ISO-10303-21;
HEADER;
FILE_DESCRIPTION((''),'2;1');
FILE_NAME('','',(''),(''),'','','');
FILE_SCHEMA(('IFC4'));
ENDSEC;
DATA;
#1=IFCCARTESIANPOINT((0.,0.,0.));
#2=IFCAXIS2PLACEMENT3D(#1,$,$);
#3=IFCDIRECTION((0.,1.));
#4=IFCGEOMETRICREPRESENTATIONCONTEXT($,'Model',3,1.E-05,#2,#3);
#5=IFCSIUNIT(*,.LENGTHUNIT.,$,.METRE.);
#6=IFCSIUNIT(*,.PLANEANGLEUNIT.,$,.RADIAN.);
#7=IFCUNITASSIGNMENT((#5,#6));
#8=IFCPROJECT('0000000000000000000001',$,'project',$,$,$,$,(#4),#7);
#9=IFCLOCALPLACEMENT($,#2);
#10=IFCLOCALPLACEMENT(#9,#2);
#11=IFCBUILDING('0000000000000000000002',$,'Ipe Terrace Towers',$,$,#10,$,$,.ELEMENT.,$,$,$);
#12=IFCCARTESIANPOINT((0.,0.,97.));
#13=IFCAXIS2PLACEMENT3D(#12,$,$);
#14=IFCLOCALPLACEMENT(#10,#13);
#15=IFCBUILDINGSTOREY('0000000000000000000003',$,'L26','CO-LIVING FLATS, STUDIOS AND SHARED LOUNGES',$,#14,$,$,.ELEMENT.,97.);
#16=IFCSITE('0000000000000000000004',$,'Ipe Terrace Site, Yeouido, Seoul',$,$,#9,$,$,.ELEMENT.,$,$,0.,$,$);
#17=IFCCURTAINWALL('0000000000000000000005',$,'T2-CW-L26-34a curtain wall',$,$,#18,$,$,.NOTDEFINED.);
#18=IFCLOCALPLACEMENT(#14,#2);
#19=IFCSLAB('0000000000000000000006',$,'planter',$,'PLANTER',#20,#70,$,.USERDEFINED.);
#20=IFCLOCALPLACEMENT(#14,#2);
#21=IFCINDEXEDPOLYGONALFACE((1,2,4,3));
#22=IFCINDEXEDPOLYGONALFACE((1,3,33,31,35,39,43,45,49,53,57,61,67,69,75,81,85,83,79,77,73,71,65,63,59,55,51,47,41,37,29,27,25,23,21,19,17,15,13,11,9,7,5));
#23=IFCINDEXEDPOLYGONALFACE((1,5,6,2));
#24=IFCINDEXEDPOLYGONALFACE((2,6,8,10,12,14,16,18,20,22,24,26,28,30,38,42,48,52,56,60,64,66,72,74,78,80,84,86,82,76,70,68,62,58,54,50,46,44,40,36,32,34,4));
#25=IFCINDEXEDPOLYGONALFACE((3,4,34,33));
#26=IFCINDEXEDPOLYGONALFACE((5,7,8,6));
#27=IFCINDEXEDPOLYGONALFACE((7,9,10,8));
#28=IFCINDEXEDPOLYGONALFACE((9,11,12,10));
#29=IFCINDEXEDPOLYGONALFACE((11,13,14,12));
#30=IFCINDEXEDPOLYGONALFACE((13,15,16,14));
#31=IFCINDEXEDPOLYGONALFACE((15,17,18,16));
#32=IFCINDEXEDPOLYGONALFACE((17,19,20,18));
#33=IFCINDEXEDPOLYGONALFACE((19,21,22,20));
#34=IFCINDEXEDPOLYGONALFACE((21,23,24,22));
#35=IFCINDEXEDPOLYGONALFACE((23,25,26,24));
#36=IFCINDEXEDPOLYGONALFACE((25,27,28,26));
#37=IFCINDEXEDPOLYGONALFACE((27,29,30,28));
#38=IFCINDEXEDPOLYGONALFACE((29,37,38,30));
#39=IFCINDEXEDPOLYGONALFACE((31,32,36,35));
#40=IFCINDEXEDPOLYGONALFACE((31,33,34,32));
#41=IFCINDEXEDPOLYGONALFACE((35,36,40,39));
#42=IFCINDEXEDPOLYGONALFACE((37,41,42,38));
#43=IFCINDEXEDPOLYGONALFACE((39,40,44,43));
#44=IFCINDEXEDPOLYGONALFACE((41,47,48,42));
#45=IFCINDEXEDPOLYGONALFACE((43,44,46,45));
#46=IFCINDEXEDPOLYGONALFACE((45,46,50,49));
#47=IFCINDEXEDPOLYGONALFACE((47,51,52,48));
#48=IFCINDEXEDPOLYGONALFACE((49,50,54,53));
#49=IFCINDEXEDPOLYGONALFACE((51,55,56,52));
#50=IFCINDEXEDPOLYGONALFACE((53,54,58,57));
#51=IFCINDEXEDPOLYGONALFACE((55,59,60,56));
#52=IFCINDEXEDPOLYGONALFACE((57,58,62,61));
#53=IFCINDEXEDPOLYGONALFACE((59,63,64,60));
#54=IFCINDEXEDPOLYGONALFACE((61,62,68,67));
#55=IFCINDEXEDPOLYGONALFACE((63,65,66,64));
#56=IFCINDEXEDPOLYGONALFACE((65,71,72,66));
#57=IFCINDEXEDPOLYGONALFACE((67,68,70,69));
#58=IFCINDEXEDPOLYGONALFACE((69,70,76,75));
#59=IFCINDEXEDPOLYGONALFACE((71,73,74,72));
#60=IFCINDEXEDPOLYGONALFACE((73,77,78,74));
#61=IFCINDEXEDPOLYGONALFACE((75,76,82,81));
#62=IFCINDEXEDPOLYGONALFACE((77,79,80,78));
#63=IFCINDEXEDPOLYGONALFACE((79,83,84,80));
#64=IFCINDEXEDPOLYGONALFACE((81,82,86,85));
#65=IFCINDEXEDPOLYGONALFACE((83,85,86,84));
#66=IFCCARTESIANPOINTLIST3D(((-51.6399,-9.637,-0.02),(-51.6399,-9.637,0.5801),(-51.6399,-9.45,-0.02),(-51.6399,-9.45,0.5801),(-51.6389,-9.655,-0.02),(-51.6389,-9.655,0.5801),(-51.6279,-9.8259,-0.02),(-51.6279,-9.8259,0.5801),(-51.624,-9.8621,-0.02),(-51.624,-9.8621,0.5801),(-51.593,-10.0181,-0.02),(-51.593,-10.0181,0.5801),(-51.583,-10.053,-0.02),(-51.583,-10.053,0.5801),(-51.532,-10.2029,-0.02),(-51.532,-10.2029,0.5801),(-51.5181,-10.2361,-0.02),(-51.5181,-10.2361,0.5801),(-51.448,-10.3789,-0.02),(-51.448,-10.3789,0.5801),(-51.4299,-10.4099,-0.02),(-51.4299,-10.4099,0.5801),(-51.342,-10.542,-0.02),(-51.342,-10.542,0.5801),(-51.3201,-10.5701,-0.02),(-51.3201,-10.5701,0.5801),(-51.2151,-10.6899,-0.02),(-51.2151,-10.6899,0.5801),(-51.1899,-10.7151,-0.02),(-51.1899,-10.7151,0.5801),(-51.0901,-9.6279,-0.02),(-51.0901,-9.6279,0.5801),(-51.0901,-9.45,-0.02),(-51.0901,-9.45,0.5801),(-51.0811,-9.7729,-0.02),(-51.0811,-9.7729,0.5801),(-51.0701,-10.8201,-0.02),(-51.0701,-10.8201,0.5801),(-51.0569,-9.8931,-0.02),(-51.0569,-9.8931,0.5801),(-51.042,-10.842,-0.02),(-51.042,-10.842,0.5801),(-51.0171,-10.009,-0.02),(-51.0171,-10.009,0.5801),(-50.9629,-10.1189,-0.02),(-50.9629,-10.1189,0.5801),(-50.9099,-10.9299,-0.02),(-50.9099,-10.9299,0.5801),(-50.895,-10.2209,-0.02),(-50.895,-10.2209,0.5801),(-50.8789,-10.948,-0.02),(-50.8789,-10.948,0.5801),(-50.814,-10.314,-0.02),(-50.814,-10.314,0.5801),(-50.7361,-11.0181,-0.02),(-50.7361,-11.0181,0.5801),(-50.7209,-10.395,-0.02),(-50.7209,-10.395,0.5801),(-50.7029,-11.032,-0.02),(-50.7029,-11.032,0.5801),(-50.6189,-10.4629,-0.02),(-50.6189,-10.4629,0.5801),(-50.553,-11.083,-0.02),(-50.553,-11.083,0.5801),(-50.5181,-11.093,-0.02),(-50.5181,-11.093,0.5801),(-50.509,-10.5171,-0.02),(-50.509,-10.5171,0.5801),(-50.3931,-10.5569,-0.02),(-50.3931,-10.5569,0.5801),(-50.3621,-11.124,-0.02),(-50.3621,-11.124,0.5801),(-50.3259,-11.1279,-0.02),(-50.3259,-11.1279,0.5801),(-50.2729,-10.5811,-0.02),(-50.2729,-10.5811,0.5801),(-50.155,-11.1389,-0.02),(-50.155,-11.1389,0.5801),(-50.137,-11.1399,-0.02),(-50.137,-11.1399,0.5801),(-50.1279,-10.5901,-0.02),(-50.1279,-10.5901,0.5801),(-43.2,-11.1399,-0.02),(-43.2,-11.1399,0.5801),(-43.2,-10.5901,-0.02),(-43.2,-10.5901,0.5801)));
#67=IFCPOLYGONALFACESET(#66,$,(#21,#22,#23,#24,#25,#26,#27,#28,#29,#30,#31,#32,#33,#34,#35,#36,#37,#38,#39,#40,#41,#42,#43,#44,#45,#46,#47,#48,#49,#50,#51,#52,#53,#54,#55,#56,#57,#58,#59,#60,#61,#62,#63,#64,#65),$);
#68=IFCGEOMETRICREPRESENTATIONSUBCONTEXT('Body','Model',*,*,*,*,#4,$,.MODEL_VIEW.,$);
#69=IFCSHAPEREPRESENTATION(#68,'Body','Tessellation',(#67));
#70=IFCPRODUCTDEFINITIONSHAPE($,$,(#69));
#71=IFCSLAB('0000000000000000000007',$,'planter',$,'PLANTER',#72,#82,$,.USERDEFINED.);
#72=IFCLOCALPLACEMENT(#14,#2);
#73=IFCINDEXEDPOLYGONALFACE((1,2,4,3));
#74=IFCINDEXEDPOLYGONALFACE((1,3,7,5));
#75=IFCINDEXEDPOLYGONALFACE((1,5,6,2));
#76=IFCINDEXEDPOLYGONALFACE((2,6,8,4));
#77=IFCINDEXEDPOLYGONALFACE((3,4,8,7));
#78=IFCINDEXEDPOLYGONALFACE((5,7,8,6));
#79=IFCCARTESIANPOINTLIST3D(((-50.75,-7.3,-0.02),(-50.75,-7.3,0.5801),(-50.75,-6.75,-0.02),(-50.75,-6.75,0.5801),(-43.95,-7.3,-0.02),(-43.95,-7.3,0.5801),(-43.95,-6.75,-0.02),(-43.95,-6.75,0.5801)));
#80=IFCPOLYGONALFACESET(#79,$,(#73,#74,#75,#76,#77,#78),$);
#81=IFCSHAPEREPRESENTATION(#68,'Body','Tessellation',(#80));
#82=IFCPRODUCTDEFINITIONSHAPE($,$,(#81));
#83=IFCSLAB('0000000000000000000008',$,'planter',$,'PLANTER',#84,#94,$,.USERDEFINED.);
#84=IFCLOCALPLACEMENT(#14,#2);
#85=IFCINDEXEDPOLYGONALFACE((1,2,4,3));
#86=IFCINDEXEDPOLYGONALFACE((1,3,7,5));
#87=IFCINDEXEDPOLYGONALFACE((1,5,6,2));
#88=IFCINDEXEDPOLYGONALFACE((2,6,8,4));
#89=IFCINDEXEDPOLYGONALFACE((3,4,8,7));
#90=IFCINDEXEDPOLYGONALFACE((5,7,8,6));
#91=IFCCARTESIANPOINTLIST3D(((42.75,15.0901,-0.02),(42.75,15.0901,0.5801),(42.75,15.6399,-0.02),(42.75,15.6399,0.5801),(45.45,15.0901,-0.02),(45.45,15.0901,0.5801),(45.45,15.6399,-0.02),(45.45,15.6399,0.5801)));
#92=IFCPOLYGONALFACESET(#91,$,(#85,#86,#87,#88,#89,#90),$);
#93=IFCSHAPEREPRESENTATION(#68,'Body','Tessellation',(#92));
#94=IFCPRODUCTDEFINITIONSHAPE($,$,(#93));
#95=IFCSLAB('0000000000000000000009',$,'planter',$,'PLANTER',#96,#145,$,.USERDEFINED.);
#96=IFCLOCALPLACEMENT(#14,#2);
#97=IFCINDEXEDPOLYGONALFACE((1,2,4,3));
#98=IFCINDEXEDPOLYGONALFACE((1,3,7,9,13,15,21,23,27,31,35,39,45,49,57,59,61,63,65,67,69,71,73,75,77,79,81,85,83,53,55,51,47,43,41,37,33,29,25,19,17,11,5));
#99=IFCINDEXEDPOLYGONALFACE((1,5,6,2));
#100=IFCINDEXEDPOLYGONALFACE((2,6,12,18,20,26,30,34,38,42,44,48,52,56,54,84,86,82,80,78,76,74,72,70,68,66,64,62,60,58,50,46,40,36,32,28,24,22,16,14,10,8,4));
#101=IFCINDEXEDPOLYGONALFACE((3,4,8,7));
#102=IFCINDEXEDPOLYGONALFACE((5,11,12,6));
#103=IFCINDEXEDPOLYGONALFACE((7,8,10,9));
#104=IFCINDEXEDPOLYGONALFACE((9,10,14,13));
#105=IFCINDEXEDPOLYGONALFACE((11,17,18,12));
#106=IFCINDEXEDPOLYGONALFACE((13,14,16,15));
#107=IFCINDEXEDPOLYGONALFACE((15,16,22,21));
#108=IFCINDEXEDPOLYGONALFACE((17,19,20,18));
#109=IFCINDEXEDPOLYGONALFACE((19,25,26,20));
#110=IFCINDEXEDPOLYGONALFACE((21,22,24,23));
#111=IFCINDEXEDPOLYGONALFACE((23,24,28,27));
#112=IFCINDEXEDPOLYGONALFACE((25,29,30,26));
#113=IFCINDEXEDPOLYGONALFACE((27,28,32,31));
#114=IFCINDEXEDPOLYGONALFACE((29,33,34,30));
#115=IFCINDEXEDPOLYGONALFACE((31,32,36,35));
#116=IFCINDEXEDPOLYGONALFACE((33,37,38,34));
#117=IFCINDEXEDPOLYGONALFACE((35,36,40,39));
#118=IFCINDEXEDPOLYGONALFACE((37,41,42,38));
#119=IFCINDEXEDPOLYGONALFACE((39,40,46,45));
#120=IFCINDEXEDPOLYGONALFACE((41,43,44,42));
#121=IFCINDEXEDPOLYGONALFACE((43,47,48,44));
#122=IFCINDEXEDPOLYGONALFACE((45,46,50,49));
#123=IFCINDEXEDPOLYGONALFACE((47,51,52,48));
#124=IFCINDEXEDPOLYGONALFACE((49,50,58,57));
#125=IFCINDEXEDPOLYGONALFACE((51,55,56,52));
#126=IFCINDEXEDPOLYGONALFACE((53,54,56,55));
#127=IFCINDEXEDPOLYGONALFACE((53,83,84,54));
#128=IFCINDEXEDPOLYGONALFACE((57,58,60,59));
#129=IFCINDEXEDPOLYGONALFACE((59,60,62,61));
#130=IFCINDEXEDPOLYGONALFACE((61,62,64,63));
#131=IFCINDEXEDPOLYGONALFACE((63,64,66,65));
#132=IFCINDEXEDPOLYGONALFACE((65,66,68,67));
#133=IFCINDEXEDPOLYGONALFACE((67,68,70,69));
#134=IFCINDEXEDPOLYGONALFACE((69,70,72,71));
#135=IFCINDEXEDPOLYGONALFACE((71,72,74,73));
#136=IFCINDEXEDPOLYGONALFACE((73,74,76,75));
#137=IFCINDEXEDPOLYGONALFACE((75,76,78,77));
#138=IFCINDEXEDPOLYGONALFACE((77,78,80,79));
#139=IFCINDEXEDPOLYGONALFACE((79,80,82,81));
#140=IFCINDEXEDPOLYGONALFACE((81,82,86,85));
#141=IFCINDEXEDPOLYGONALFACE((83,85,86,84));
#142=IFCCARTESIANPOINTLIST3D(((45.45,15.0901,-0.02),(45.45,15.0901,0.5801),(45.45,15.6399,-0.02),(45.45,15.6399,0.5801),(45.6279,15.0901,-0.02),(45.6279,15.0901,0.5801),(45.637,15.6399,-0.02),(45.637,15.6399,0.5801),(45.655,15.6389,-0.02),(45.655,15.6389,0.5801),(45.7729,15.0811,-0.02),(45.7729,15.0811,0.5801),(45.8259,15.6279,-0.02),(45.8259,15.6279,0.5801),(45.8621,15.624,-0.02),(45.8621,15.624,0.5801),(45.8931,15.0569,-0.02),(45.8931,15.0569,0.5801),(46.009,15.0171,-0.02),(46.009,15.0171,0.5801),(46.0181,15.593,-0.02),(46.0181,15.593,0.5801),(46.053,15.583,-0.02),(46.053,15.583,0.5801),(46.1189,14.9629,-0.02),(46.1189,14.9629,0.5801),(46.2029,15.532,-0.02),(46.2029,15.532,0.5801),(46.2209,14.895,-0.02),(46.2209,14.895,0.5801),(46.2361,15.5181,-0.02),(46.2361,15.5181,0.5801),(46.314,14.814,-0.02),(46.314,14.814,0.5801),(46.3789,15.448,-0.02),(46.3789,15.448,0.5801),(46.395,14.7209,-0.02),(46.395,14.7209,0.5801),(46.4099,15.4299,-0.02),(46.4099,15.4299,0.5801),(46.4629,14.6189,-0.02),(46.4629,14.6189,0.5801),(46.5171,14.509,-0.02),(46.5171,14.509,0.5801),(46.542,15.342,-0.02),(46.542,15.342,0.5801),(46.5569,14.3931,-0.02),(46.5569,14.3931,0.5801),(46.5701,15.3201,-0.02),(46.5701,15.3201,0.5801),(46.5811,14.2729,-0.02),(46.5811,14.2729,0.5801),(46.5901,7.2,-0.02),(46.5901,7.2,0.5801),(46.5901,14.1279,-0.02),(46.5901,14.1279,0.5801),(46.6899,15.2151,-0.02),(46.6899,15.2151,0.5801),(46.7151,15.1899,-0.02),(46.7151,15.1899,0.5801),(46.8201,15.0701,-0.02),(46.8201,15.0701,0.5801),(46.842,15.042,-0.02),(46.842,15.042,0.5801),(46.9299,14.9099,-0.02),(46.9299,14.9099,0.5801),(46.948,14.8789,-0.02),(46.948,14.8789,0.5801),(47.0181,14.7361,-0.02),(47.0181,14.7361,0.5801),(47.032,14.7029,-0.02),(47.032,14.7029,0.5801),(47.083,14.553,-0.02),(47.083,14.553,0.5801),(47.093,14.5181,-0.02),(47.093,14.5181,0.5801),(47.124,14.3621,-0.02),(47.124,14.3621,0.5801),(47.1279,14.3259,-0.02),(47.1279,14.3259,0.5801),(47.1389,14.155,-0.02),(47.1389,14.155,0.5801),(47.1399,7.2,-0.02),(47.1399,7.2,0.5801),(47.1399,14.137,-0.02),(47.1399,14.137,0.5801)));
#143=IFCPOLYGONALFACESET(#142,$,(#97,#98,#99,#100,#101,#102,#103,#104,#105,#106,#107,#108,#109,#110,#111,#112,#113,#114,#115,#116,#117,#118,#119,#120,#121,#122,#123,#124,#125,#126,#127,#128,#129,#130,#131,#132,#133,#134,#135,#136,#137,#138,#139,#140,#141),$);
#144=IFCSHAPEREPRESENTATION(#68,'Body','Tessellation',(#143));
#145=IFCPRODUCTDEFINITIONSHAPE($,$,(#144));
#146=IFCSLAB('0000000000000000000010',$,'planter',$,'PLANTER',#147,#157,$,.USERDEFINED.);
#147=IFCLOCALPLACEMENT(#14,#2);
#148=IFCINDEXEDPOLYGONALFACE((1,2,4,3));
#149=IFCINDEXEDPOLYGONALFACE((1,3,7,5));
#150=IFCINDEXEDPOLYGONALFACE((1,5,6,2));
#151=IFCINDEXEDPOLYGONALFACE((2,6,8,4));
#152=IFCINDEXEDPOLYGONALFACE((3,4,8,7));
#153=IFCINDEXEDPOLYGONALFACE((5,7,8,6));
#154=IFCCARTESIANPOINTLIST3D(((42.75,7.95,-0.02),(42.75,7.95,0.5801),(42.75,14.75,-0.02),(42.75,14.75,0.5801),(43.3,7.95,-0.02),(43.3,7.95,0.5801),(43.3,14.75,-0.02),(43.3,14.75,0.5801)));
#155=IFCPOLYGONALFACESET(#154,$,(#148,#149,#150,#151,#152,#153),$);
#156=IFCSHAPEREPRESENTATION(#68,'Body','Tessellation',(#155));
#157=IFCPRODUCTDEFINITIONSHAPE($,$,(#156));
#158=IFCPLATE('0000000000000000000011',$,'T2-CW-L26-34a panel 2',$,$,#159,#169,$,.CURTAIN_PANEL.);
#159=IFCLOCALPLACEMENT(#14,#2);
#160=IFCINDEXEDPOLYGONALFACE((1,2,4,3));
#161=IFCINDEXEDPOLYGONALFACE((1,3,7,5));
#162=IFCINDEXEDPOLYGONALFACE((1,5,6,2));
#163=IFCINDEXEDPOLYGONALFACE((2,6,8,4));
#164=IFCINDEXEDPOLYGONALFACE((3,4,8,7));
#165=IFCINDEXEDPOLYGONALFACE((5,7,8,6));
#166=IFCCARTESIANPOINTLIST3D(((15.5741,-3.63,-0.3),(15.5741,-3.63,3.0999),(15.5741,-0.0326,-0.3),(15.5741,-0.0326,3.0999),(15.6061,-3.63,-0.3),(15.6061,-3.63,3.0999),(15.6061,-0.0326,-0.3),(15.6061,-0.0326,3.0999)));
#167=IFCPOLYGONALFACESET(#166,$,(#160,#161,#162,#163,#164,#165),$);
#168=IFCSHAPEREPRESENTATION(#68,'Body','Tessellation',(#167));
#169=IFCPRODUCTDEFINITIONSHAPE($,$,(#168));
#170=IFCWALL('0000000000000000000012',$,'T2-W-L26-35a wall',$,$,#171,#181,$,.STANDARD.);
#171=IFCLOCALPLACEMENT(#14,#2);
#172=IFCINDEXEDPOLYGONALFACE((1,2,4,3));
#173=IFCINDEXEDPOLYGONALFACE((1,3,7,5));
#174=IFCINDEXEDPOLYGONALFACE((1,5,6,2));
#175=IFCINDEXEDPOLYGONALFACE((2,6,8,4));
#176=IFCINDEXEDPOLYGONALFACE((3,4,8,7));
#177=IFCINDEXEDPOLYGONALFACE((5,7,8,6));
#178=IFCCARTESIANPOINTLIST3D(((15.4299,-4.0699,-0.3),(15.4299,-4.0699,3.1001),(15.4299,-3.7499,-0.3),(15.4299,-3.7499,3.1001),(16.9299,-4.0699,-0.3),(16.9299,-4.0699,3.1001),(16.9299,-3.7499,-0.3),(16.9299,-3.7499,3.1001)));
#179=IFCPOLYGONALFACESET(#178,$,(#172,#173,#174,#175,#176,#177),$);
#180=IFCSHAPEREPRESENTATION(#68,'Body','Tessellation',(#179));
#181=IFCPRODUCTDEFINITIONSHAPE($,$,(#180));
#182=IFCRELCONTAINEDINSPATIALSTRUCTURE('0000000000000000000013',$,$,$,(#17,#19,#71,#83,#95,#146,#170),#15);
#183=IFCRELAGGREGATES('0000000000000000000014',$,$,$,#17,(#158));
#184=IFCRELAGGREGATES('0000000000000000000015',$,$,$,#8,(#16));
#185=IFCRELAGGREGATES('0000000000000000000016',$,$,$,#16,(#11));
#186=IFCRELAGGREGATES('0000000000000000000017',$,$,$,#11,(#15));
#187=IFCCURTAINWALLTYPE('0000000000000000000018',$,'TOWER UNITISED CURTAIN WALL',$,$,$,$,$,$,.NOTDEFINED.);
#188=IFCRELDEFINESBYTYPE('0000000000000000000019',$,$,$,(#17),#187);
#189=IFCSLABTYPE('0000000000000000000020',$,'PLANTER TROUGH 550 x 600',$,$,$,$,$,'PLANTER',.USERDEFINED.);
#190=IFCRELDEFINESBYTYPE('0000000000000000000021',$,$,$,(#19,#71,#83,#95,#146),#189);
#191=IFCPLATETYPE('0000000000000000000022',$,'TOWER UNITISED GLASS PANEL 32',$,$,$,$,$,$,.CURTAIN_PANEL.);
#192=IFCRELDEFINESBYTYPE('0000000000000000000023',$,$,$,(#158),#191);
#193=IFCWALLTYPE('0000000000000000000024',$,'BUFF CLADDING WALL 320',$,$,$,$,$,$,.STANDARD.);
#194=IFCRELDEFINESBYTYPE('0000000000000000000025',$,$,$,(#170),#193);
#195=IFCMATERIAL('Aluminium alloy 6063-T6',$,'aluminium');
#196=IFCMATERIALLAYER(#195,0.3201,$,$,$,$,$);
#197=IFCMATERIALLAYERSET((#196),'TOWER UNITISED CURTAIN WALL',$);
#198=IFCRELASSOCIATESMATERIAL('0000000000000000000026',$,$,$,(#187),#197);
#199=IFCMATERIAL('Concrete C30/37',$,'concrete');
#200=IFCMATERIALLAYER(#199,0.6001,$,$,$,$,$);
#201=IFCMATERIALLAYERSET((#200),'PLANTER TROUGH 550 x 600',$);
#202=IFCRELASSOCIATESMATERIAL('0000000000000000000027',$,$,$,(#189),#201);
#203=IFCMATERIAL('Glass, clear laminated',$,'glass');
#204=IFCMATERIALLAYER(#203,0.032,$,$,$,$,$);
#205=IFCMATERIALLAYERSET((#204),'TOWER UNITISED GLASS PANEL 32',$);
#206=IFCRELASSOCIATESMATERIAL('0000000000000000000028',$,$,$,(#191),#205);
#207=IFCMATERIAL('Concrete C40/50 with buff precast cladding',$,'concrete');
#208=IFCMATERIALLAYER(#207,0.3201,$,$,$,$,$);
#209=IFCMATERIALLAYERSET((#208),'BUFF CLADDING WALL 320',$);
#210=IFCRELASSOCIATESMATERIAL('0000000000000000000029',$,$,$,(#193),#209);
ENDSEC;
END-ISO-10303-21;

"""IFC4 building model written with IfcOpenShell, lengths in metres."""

from ifc_helpers import new_model, si_unit, direction, frame, frame_2d, origin, origin_2d, place, context, subcontext, project, spatial, polyline, rectangle, outline, extrude, material, layer, layer_set, type_object, element, aggregate, save


model = new_model("IFC4")

# Units and contexts
model_context = context("Model", 3, precision=1e-05, world=origin(), true_north=direction((0.0, 1.0)))
body_context = subcontext(model_context, "Body", "Model", "MODEL_VIEW")
ifc_project = project(units=[si_unit("LENGTHUNIT", "METRE"), si_unit("PLANEANGLEUNIT", "RADIAN")], contexts=[model_context])

# Site, building, storey
site_placement = place(None, origin())
site = spatial("IfcSite", under=ifc_project, at=site_placement, Name="Ipe Terrace Site, Yeouido, Seoul", CompositionType="ELEMENT", RefElevation=0.0)
building_placement = place(site_placement, origin())
building = spatial("IfcBuilding", under=site, at=building_placement, Name="Ipe Terrace Towers", CompositionType="ELEMENT")
storey_placement = place(building_placement, frame((0.0, 0.0, 97.0)))
storey = spatial("IfcBuildingStorey", under=building, at=storey_placement, Name="L26", Description="CO-LIVING FLATS, STUDIOS AND SHARED LOUNGES", CompositionType="ELEMENT", Elevation=97.0)

# Curtain wall
ifc_material_1 = material(Name="Aluminium alloy 6063-T6", Category="aluminium")
ifc_layer_1 = layer(ifc_material_1, 0.3201)
ifc_layer_set_1 = layer_set([ifc_layer_1], Name="TOWER UNITISED CURTAIN WALL")
curtain_wall_type = type_object("IfcCurtainWallType", Name="TOWER UNITISED CURTAIN WALL", PredefinedType="NOTDEFINED", material=ifc_layer_set_1)
curtain_wall_placement = place(storey_placement, origin())
curtain_wall = element("IfcCurtainWall", 1, at=curtain_wall_placement, inside=storey, type_object=curtain_wall_type, Name="T2-CW-L26-34a curtain wall", PredefinedType="NOTDEFINED")

# Slabs
ifc_material_2 = material(Name="Concrete C30/37", Category="concrete")
ifc_layer_2 = layer(ifc_material_2, 0.6001)
ifc_layer_set_2 = layer_set([ifc_layer_2], Name="PLANTER TROUGH 550 x 600")
slab_type_1 = type_object("IfcSlabType", Name="PLANTER TROUGH 550 x 600", ElementType="PLANTER", PredefinedType="USERDEFINED", material=ifc_layer_set_2)
slab_1_placement = place(storey_placement, frame((0.0, 0.0, -0.02)))
element("IfcSlab", 2, at=slab_1_placement, inside=storey, type_object=slab_type_1, Name="planter", ObjectType="PLANTER", PredefinedType="USERDEFINED", context=body_context, shape_type="SweptSolid", body=[
    extrude(outline(polyline([(-51.0569, -9.8931), (-51.0811, -9.7729), (-51.0901, -9.6279), (-51.0901, -9.45), (-51.6399, -9.45), (-51.6399, -9.637), (-51.6389, -9.655), (-51.6279, -9.8259), (-51.624, -9.8621), (-51.593, -10.0181), (-51.583, -10.053), (-51.532, -10.2029), (-51.5181, -10.2361), (-51.448, -10.3789), (-51.4299, -10.4099), (-51.342, -10.542), (-51.3201, -10.5701), (-51.2151, -10.6899), (-51.1899, -10.7151), (-51.0701, -10.8201), (-51.042, -10.842), (-50.9099, -10.9299), (-50.8789, -10.948), (-50.7361, -11.0181), (-50.7029, -11.032), (-50.553, -11.083), (-50.5181, -11.093), (-50.3621, -11.124), (-50.3259, -11.1279), (-50.155, -11.1389), (-50.137, -11.1399), (-43.2, -11.1399), (-43.2, -10.5901), (-50.1279, -10.5901), (-50.2729, -10.5811), (-50.3931, -10.5569), (-50.509, -10.5171), (-50.6189, -10.4629), (-50.7209, -10.395), (-50.814, -10.314), (-50.895, -10.2209), (-50.9629, -10.1189), (-51.0171, -10.009), (-51.0569, -9.8931)])), origin(), (0.0, 0.0, 1.0), 0.6001),
])
slab_2_placement = place(storey_placement, frame((0.0, 0.0, -0.02)))
element("IfcSlab", 3, at=slab_2_placement, inside=storey, type_object=slab_type_1, Name="planter", ObjectType="PLANTER", PredefinedType="USERDEFINED", context=body_context, shape_type="SweptSolid", body=[
    extrude(outline(polyline([(-43.95, -6.75), (-50.75, -6.75), (-50.75, -7.3), (-43.95, -7.3), (-43.95, -6.75)])), origin(), (0.0, 0.0, 1.0), 0.6001),
])
slab_3_placement = place(storey_placement, frame((0.0, 0.0, -0.02)))
element("IfcSlab", 4, at=slab_3_placement, inside=storey, type_object=slab_type_1, Name="planter", ObjectType="PLANTER", PredefinedType="USERDEFINED", context=body_context, shape_type="SweptSolid", body=[
    extrude(outline(polyline([(42.75, 15.6399), (42.75, 15.0901), (45.45, 15.0901), (45.45, 15.6399), (42.75, 15.6399)])), origin(), (0.0, 0.0, 1.0), 0.6001),
])
slab_4_placement = place(storey_placement, frame((0.0, 0.0, -0.02)))
element("IfcSlab", 5, at=slab_4_placement, inside=storey, type_object=slab_type_1, Name="planter", ObjectType="PLANTER", PredefinedType="USERDEFINED", context=body_context, shape_type="SweptSolid", body=[
    extrude(outline(polyline([(45.8931, 15.0569), (46.009, 15.0171), (46.1189, 14.9629), (46.2209, 14.895), (46.314, 14.814), (46.395, 14.7209), (46.4629, 14.6189), (46.5171, 14.509), (46.5569, 14.3931), (46.5811, 14.2729), (46.5901, 14.1279), (46.5901, 7.2), (47.1399, 7.2), (47.1399, 14.137), (47.1389, 14.155), (47.1279, 14.3259), (47.124, 14.3621), (47.093, 14.5181), (47.083, 14.553), (47.032, 14.7029), (47.0181, 14.7361), (46.948, 14.8789), (46.9299, 14.9099), (46.842, 15.042), (46.8201, 15.0701), (46.7151, 15.1899), (46.6899, 15.2151), (46.5701, 15.3201), (46.542, 15.342), (46.4099, 15.4299), (46.3789, 15.448), (46.2361, 15.5181), (46.2029, 15.532), (46.053, 15.583), (46.0181, 15.593), (45.8621, 15.624), (45.8259, 15.6279), (45.655, 15.6389), (45.637, 15.6399), (45.45, 15.6399), (45.45, 15.0901), (45.6279, 15.0901), (45.7729, 15.0811), (45.8931, 15.0569)])), origin(), (0.0, 0.0, 1.0), 0.6001),
])
slab_5_placement = place(storey_placement, frame((0.0, 0.0, -0.02)))
element("IfcSlab", 6, at=slab_5_placement, inside=storey, type_object=slab_type_1, Name="planter", ObjectType="PLANTER", PredefinedType="USERDEFINED", context=body_context, shape_type="SweptSolid", body=[
    extrude(outline(polyline([(42.75, 7.95), (43.3, 7.95), (43.3, 14.75), (42.75, 14.75), (42.75, 7.95)])), origin(), (0.0, 0.0, 1.0), 0.6001),
])

# Plate
ifc_material_3 = material(Name="Glass, clear laminated", Category="glass")
ifc_layer_3 = layer(ifc_material_3, 0.032)
ifc_layer_set_3 = layer_set([ifc_layer_3], Name="TOWER UNITISED GLASS PANEL 32")
plate_type = type_object("IfcPlateType", Name="TOWER UNITISED GLASS PANEL 32", PredefinedType="CURTAIN_PANEL", material=ifc_layer_set_3)
plate_placement = place(storey_placement, frame((15.5901, -1.8313, -0.3), z_axis=(0.0, 0.0, 1.0), x_axis=(0.0, -1.0, 0.0)))
plate = element("IfcPlate", 7, at=plate_placement, type_object=plate_type, Name="T2-CW-L26-34a panel 2", PredefinedType="CURTAIN_PANEL", context=body_context, shape_type="SweptSolid", body=[
    extrude(rectangle(XDim=3.5974, YDim=0.032, at=origin_2d()), origin(), (0.0, 0.0, 1.0), 3.3999),
])
aggregate(curtain_wall, [plate])

# Wall
ifc_material_4 = material(Name="Concrete C40/50 with buff precast cladding", Category="concrete")
ifc_layer_4 = layer(ifc_material_4, 0.3201)
ifc_layer_set_4 = layer_set([ifc_layer_4], Name="BUFF CLADDING WALL 320")
wall_type = type_object("IfcWallType", Name="BUFF CLADDING WALL 320", PredefinedType="STANDARD", material=ifc_layer_set_4)
wall_placement = place(storey_placement, frame((15.4299, -3.9099, -0.3), z_axis=(0.0, 0.0, 1.0), x_axis=(1.0, 0.0, 0.0)))
element("IfcWall", 8, at=wall_placement, inside=storey, type_object=wall_type, Name="T2-W-L26-35a wall", PredefinedType="STANDARD", context=body_context, shape_type="SweptSolid", body=[
    extrude(rectangle(XDim=1.5, YDim=0.3201, at=frame_2d((0.75, 0.0))), origin(), (0.0, 0.0, 1.0), 3.4001),
])

save(model, "model.ifc")
